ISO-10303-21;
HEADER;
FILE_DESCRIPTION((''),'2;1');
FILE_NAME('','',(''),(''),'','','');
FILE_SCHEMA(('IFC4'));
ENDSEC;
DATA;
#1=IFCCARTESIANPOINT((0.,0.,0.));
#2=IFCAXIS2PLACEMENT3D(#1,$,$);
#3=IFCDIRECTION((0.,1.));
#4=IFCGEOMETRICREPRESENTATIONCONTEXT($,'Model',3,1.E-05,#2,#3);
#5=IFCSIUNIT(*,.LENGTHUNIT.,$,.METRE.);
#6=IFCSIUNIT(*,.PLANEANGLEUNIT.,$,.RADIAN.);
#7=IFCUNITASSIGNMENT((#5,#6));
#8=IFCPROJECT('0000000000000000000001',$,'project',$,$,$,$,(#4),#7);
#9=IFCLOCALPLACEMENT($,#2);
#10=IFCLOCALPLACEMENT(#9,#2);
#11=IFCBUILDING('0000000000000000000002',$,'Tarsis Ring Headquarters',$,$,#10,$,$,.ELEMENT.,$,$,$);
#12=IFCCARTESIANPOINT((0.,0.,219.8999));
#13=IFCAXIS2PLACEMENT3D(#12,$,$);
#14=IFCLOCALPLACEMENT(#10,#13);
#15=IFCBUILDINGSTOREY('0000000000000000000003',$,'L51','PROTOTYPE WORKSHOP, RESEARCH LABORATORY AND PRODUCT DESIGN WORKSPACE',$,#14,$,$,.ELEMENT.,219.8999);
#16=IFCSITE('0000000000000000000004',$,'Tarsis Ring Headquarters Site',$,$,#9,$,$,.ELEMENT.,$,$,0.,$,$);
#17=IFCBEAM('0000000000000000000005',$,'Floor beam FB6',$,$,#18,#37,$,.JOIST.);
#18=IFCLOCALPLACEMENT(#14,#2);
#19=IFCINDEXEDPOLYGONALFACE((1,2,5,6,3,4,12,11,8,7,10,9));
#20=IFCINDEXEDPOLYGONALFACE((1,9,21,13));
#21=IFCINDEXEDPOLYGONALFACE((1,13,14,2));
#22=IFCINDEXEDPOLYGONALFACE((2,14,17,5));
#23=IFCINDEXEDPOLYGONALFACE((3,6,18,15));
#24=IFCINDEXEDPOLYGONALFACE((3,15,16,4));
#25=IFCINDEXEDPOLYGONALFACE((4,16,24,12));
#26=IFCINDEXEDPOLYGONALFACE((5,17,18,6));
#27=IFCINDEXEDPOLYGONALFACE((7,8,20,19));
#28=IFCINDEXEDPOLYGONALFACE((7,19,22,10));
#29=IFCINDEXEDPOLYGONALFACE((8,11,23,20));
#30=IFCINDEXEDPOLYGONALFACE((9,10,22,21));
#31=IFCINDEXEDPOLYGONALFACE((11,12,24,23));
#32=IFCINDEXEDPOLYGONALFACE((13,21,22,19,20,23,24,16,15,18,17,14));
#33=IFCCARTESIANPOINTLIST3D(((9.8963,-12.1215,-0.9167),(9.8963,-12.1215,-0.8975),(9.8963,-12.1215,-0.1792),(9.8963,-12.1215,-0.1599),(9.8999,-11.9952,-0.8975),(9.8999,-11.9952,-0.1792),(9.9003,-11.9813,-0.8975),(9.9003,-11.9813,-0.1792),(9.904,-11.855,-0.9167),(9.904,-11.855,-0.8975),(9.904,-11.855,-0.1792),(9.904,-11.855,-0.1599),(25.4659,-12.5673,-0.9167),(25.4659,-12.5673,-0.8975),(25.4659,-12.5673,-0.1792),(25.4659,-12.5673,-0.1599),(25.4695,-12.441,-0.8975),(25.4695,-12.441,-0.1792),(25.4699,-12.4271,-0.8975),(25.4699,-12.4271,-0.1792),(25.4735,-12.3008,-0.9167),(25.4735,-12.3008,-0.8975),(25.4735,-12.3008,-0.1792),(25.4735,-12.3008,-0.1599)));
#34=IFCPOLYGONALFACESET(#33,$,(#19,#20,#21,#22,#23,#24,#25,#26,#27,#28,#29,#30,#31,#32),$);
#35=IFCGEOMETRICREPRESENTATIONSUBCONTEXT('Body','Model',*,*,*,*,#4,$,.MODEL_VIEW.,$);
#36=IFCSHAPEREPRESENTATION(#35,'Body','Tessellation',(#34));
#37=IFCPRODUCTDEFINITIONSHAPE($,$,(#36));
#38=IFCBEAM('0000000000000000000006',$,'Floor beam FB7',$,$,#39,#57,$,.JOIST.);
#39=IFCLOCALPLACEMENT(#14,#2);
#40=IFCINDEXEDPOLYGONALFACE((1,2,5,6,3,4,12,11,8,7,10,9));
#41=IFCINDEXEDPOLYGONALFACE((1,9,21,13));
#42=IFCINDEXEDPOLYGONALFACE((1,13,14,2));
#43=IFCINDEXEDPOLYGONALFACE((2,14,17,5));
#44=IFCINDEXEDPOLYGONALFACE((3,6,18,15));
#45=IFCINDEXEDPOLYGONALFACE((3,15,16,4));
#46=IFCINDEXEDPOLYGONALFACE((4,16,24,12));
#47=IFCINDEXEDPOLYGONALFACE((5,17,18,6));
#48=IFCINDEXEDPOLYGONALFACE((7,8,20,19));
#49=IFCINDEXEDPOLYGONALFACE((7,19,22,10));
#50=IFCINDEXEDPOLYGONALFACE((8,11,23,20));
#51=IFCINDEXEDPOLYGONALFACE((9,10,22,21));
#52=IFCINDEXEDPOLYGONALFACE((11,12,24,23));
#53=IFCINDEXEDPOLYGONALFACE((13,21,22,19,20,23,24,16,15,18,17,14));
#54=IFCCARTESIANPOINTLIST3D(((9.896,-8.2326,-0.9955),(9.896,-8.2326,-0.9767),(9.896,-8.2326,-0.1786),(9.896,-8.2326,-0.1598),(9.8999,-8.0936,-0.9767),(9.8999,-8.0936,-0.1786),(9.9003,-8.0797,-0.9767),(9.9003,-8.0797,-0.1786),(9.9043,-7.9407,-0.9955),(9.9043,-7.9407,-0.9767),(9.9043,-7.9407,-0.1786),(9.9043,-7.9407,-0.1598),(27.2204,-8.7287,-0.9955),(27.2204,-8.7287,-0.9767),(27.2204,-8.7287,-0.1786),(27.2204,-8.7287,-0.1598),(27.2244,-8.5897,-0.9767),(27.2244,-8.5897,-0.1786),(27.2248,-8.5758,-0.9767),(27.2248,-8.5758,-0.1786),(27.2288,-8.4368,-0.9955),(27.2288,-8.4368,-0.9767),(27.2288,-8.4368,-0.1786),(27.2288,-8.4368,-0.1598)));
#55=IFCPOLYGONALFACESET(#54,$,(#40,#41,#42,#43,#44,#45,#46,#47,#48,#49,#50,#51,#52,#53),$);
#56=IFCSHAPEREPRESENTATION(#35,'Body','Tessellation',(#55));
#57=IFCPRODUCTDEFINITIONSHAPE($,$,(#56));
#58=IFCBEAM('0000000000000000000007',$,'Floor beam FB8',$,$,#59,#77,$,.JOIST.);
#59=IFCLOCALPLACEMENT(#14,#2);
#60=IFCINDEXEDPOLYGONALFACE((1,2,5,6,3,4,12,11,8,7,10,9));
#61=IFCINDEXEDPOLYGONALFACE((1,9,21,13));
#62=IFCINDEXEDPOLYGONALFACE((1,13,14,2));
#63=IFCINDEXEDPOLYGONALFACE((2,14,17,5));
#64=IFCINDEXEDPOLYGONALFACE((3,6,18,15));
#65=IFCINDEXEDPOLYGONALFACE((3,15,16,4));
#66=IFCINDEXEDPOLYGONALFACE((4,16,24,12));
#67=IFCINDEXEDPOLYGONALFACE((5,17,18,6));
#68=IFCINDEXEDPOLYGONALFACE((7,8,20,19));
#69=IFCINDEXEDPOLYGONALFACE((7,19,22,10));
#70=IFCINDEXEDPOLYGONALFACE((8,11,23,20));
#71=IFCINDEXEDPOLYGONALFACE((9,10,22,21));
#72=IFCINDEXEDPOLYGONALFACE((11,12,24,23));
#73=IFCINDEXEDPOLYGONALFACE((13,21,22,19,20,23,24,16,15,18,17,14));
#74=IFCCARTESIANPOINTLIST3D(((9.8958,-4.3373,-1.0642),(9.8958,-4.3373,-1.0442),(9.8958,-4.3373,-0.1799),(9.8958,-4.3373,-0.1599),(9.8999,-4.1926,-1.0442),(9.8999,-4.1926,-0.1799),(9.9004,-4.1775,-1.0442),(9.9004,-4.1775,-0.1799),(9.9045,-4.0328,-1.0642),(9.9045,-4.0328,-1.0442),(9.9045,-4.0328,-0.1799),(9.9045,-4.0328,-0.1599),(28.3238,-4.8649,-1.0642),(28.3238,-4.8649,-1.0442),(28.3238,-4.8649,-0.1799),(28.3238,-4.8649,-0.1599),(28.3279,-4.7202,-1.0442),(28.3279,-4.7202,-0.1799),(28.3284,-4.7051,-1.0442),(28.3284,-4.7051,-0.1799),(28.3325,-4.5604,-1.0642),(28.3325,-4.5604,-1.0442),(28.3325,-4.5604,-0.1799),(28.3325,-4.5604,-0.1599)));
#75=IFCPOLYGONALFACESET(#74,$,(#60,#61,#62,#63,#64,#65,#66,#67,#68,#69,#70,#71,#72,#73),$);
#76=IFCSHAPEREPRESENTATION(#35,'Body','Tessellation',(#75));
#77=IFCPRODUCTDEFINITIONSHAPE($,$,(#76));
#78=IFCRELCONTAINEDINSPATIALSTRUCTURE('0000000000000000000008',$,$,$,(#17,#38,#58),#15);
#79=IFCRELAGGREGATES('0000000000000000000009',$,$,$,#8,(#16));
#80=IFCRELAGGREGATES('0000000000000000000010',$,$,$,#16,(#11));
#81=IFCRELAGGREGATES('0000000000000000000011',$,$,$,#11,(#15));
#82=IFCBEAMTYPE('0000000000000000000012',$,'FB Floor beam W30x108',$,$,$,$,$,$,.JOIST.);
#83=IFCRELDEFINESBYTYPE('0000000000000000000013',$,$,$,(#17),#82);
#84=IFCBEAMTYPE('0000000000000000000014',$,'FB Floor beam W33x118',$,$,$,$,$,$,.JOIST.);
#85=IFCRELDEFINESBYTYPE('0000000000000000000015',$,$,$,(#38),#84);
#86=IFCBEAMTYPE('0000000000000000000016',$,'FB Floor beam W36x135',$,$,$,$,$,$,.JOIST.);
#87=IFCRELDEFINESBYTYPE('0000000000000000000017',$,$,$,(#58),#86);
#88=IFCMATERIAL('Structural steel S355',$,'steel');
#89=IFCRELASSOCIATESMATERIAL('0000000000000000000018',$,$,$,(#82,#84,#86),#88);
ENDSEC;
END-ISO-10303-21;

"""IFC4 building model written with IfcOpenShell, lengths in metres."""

from ifc_helpers import new_model, si_unit, direction, frame, origin, origin_2d, place, context, subcontext, project, spatial, i_section, extrude, material, material_profile, profile_set, type_object, element, save


model = new_model("IFC4")

# Units and contexts
model_context = context("Model", 3, precision=1e-05, world=origin(), true_north=direction((0.0, 1.0)))
body_context = subcontext(model_context, "Body", "Model", "MODEL_VIEW")
ifc_project = project(units=[si_unit("LENGTHUNIT", "METRE"), si_unit("PLANEANGLEUNIT", "RADIAN")], contexts=[model_context])

# Site, building, storey
site_placement = place(None, origin())
site = spatial("IfcSite", under=ifc_project, at=site_placement, Name="Tarsis Ring Headquarters Site", CompositionType="ELEMENT", RefElevation=0.0)
building_placement = place(site_placement, origin())
building = spatial("IfcBuilding", under=site, at=building_placement, Name="Tarsis Ring Headquarters", CompositionType="ELEMENT")
storey_placement = place(building_placement, frame((0.0, 0.0, 219.8999)))
storey = spatial("IfcBuildingStorey", under=building, at=storey_placement, Name="L51", Description="PROTOTYPE WORKSHOP, RESEARCH LABORATORY AND PRODUCT DESIGN WORKSPACE", CompositionType="ELEMENT", Elevation=219.8999)

# Beams
ifc_material_1 = material(Name="Structural steel S355", Category="steel")
ifc_material_profile_1 = material_profile(ifc_material_1, i_section(OverallWidth=0.2666, OverallDepth=0.7568, WebThickness=0.0139, FlangeThickness=0.0193, at=origin_2d()), Name="W30x108")
ifc_profile_set_1 = profile_set([ifc_material_profile_1], Name="Structural steel S355")
beam_type_1 = type_object("IfcBeamType", Name="FB Floor beam W30x108", PredefinedType="JOIST", material=ifc_profile_set_1)
beam_1_placement = place(storey_placement, frame((9.9001, -11.9883, -0.5383), z_axis=(0.99959, -0.028621, 0.0), x_axis=(0.028621, 0.99959, 0.0)))
element("IfcBeam", 1, at=beam_1_placement, inside=storey, type_object=beam_type_1, Name="Floor beam FB6", PredefinedType="JOIST", context=body_context, shape_type="SweptSolid", body=[
    extrude(i_section(OverallWidth=0.2666, OverallDepth=0.7568, WebThickness=0.0139, FlangeThickness=0.0193, at=origin_2d()), origin(), (0.0, 0.0, 1.0), 15.5759),
])
ifc_material_profile_2 = material_profile(ifc_material_1, i_section(OverallWidth=0.292, OverallDepth=0.8357, WebThickness=0.0139, FlangeThickness=0.0188, at=origin_2d()), Name="W33x118")
ifc_profile_set_2 = profile_set([ifc_material_profile_2], Name="Structural steel S355")
beam_type_2 = type_object("IfcBeamType", Name="FB Floor beam W33x118", PredefinedType="JOIST", material=ifc_profile_set_2)
beam_2_placement = place(storey_placement, frame((9.9001, -8.0867, -0.5776), z_axis=(0.99959, -0.028624, 0.0), x_axis=(0.028624, 0.99959, 0.0)))
element("IfcBeam", 2, at=beam_2_placement, inside=storey, type_object=beam_type_2, Name="Floor beam FB7", PredefinedType="JOIST", context=body_context, shape_type="SweptSolid", body=[
    extrude(i_section(OverallWidth=0.292, OverallDepth=0.8357, WebThickness=0.0139, FlangeThickness=0.0188, at=origin_2d()), origin(), (0.0, 0.0, 1.0), 17.3315),
])
ifc_material_profile_3 = material_profile(ifc_material_1, i_section(OverallWidth=0.3047, OverallDepth=0.9043, WebThickness=0.0151, FlangeThickness=0.02, at=origin_2d()), Name="W36x135")
ifc_profile_set_3 = profile_set([ifc_material_profile_3], Name="Structural steel S355")
beam_type_3 = type_object("IfcBeamType", Name="FB Floor beam W36x135", PredefinedType="JOIST", material=ifc_profile_set_3)
beam_3_placement = place(storey_placement, frame((9.9001, -4.1851, -0.6121), z_axis=(0.99959, -0.028618, 0.0), x_axis=(0.028618, 0.99959, 0.0)))
element("IfcBeam", 3, at=beam_3_placement, inside=storey, type_object=beam_type_3, Name="Floor beam FB8", PredefinedType="JOIST", context=body_context, shape_type="SweptSolid", body=[
    extrude(i_section(OverallWidth=0.3047, OverallDepth=0.9043, WebThickness=0.0151, FlangeThickness=0.02, at=origin_2d()), origin(), (0.0, 0.0, 1.0), 18.4355),
])

save(model, "model.ifc")
